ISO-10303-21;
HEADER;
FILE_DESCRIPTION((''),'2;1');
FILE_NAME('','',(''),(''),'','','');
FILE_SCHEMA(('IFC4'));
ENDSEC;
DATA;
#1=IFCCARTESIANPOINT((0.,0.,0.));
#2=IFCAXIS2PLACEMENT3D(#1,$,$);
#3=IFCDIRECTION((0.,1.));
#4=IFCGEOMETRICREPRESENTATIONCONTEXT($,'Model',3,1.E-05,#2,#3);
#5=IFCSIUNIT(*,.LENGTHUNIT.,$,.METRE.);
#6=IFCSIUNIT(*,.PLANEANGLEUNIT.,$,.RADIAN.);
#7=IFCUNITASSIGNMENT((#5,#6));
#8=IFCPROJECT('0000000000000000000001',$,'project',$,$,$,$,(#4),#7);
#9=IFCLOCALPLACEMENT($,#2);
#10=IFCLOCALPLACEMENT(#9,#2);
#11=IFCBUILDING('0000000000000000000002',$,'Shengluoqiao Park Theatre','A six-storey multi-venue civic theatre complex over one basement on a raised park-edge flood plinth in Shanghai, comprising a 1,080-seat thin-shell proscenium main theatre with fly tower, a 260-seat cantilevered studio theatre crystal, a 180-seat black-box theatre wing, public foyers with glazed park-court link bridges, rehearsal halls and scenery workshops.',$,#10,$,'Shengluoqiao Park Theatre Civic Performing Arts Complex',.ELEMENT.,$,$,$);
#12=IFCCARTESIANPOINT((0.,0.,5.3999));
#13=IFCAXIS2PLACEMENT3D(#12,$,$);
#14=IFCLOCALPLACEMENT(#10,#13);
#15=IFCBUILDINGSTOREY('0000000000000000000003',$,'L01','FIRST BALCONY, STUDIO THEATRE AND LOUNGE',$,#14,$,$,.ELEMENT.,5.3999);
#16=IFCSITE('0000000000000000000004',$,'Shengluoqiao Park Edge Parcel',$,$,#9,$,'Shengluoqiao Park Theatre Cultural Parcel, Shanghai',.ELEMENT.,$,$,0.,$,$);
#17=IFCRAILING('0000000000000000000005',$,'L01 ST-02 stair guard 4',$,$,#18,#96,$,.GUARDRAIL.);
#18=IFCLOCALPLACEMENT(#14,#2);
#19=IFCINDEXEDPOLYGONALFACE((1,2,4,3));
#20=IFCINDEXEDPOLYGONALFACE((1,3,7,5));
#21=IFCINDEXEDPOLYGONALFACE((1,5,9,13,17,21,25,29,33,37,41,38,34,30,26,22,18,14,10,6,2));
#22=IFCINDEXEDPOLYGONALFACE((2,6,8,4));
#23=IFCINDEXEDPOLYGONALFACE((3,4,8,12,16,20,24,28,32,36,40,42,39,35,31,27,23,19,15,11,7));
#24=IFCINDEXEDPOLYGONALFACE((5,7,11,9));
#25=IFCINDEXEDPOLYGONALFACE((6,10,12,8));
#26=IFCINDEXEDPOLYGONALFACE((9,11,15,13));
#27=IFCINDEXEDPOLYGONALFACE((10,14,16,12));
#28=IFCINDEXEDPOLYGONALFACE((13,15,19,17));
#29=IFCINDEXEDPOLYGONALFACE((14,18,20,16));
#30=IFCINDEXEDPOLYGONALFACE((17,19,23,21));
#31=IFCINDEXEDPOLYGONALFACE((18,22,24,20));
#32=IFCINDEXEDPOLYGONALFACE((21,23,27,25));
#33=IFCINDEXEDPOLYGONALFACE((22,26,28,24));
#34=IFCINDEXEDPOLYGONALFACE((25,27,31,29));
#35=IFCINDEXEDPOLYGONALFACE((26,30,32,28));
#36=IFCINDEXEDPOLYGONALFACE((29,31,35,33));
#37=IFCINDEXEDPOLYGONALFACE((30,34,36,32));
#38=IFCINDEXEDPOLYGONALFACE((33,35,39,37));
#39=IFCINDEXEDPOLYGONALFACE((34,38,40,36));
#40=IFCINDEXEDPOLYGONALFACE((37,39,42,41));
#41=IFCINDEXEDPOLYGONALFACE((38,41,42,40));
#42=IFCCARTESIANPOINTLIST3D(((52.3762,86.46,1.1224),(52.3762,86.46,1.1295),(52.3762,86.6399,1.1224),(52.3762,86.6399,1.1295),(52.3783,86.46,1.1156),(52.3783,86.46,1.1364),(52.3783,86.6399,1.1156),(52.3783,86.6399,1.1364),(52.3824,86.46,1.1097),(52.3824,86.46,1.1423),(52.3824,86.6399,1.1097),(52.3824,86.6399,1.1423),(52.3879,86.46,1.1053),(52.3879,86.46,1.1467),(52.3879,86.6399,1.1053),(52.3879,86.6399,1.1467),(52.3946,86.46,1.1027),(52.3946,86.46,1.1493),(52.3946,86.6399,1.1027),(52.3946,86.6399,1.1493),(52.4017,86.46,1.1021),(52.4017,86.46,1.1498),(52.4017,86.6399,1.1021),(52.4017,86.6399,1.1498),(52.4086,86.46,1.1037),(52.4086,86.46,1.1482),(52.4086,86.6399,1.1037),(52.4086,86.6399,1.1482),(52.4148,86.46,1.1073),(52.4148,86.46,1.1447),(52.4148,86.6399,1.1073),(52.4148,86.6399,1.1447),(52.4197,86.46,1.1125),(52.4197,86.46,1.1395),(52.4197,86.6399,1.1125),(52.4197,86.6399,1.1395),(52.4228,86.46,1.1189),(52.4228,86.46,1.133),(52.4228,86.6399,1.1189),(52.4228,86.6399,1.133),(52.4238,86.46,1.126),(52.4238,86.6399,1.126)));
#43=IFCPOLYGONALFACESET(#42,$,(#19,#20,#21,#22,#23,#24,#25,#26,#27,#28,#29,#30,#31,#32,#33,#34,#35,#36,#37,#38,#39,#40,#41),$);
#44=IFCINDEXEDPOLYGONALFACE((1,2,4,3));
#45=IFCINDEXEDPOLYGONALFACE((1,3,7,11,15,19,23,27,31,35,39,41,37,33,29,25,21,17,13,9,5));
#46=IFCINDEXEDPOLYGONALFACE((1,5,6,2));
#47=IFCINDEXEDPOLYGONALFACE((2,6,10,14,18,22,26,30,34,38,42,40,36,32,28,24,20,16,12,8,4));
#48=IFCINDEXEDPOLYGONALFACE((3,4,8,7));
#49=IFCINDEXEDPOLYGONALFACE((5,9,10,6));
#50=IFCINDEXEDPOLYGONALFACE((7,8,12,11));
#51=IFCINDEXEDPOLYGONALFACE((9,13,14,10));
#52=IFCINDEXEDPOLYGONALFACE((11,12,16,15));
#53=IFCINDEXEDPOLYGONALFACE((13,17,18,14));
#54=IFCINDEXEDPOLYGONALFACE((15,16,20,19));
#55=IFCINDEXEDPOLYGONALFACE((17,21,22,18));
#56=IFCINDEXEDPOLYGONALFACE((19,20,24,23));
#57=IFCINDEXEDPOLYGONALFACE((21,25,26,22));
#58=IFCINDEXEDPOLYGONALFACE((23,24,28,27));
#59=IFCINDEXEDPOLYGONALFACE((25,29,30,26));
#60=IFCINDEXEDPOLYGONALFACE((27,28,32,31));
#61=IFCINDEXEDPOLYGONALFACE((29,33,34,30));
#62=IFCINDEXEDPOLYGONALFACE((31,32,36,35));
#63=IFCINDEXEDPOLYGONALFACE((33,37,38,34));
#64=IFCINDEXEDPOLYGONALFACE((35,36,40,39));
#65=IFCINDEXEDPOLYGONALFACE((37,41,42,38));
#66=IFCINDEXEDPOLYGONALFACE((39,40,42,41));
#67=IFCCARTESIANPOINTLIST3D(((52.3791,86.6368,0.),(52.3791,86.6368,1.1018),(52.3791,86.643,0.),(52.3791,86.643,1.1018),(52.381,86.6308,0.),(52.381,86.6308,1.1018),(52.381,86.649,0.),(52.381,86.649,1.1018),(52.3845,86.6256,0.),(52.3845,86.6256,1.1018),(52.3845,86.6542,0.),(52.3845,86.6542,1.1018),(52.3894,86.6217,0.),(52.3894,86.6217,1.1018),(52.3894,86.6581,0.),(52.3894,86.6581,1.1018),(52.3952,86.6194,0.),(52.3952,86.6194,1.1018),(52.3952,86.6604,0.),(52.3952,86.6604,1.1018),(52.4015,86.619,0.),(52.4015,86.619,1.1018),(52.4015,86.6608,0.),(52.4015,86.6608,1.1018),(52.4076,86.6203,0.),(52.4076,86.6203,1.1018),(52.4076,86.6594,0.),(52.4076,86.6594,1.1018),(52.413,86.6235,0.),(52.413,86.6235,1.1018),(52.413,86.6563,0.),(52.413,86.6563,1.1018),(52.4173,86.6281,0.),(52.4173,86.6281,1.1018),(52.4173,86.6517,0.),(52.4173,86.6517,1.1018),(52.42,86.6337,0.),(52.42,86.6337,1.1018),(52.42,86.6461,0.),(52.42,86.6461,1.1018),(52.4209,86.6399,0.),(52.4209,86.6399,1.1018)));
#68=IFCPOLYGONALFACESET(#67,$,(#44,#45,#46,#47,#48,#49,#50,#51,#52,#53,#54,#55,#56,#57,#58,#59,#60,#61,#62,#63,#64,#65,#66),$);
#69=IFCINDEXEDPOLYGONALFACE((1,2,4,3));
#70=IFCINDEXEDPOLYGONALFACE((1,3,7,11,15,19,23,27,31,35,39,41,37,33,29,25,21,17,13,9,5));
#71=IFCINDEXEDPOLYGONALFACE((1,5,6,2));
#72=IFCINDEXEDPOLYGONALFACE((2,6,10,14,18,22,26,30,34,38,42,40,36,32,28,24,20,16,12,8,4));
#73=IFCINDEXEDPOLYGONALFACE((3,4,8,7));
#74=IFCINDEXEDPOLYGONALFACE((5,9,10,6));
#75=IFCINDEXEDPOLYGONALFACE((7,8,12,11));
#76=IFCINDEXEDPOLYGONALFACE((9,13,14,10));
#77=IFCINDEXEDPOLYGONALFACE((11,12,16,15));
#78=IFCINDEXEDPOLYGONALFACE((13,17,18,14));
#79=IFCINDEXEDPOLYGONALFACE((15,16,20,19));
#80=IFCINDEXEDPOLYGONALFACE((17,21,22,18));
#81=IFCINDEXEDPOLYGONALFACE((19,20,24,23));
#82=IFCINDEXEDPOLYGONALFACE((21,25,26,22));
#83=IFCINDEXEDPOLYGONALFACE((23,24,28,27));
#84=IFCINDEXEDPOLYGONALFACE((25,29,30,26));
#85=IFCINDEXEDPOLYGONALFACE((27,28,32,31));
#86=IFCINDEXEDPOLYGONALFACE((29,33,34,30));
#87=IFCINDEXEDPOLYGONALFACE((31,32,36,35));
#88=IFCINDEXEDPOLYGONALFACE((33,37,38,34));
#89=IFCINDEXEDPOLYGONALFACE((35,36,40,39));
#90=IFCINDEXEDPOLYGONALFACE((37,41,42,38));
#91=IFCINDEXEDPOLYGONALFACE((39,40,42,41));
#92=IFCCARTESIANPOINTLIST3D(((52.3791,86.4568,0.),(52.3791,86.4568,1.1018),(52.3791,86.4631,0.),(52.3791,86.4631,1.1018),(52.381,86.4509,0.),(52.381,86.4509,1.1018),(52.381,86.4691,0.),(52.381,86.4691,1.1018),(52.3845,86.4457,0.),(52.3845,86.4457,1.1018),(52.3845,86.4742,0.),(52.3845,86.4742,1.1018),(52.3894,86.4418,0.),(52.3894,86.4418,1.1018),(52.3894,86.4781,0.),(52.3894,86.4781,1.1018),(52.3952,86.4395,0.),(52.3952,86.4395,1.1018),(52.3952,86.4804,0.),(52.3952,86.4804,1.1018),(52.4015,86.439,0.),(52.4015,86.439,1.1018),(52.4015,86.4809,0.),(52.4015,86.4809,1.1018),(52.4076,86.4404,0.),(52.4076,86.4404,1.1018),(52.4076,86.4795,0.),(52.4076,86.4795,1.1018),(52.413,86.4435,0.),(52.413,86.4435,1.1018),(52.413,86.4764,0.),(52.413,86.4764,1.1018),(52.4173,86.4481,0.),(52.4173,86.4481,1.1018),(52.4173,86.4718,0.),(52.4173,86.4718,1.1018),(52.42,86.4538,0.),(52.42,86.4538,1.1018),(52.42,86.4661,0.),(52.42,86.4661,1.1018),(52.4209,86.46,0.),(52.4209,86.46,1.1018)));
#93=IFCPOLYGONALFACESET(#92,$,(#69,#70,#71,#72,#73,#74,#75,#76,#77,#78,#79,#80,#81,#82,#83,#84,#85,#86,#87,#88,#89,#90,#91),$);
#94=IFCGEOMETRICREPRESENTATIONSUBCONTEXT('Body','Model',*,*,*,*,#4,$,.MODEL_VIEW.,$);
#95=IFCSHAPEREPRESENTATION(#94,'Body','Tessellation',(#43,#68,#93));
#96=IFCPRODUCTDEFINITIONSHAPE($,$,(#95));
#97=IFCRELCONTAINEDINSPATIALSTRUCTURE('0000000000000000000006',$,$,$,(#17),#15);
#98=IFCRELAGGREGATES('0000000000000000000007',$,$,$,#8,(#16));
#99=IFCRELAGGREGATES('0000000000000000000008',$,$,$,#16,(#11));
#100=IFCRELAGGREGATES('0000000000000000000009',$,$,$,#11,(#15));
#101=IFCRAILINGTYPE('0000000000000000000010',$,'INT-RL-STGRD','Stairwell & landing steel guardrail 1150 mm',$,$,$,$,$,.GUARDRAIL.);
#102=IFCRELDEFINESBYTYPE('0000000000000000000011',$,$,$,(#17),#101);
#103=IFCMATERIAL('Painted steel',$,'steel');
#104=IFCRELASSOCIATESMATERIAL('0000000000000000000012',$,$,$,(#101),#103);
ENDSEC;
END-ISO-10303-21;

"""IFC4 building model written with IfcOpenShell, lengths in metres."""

from ifc_helpers import new_model, si_unit, direction, frame, origin, origin_2d, place, context, subcontext, project, spatial, circle, extrude, material, type_object, element, save


model = new_model("IFC4")

# Units and contexts
model_context = context("Model", 3, precision=1e-05, world=origin(), true_north=direction((0.0, 1.0)))
body_context = subcontext(model_context, "Body", "Model", "MODEL_VIEW")
ifc_project = project(units=[si_unit("LENGTHUNIT", "METRE"), si_unit("PLANEANGLEUNIT", "RADIAN")], contexts=[model_context])

# Site, building, storey
site_placement = place(None, origin())
site = spatial("IfcSite", under=ifc_project, at=site_placement, Name="Shengluoqiao Park Edge Parcel", LongName="Shengluoqiao Park Theatre Cultural Parcel, Shanghai", CompositionType="ELEMENT", RefElevation=0.0)
building_placement = place(site_placement, origin())
building = spatial("IfcBuilding", under=site, at=building_placement, Name="Shengluoqiao Park Theatre", Description="A six-storey multi-venue civic theatre complex over one basement on a raised park-edge flood plinth in Shanghai, comprising a 1,080-seat thin-shell proscenium main theatre with fly tower, a 260-seat cantilevered studio theatre crystal, a 180-seat black-box theatre wing, public foyers with glazed park-court link bridges, rehearsal halls and scenery workshops.", LongName="Shengluoqiao Park Theatre Civic Performing Arts Complex", CompositionType="ELEMENT")
storey_placement = place(building_placement, frame((0.0, 0.0, 5.3999)))
storey = spatial("IfcBuildingStorey", under=building, at=storey_placement, Name="L01", Description="FIRST BALCONY, STUDIO THEATRE AND LOUNGE", CompositionType="ELEMENT", Elevation=5.3999)

# Railing
ifc_material_1 = material(Name="Painted steel", Category="steel")
railing_type_1 = type_object("IfcRailingType", Name="INT-RL-STGRD", Description="Stairwell & landing steel guardrail 1150 mm", PredefinedType="GUARDRAIL", material=ifc_material_1)
railing_1_placement = place(storey_placement, frame((52.3999, 86.6399, 0.0)))
element("IfcRailing", 1, at=railing_1_placement, inside=storey, type_object=railing_type_1, Name="L01 ST-02 stair guard 4", PredefinedType="GUARDRAIL", context=body_context, shape_type="SweptSolid", body=[
    extrude(circle(Radius=0.0239, at=origin_2d()), frame((0.0, 0.0, 1.126), z_axis=(0.0, -1.0, 0.0), x_axis=(1.0, 0.0, 0.0)), (0.0, 0.0, 1.0), 0.1799),
    extrude(circle(Radius=0.021, at=origin_2d()), origin(), (0.0, 0.0, 1.0), 1.1018),
    extrude(circle(Radius=0.021, at=origin_2d()), frame((0.0, -0.1799, 0.0)), (0.0, 0.0, 1.0), 1.1018),
])

save(model, "model.ifc")
